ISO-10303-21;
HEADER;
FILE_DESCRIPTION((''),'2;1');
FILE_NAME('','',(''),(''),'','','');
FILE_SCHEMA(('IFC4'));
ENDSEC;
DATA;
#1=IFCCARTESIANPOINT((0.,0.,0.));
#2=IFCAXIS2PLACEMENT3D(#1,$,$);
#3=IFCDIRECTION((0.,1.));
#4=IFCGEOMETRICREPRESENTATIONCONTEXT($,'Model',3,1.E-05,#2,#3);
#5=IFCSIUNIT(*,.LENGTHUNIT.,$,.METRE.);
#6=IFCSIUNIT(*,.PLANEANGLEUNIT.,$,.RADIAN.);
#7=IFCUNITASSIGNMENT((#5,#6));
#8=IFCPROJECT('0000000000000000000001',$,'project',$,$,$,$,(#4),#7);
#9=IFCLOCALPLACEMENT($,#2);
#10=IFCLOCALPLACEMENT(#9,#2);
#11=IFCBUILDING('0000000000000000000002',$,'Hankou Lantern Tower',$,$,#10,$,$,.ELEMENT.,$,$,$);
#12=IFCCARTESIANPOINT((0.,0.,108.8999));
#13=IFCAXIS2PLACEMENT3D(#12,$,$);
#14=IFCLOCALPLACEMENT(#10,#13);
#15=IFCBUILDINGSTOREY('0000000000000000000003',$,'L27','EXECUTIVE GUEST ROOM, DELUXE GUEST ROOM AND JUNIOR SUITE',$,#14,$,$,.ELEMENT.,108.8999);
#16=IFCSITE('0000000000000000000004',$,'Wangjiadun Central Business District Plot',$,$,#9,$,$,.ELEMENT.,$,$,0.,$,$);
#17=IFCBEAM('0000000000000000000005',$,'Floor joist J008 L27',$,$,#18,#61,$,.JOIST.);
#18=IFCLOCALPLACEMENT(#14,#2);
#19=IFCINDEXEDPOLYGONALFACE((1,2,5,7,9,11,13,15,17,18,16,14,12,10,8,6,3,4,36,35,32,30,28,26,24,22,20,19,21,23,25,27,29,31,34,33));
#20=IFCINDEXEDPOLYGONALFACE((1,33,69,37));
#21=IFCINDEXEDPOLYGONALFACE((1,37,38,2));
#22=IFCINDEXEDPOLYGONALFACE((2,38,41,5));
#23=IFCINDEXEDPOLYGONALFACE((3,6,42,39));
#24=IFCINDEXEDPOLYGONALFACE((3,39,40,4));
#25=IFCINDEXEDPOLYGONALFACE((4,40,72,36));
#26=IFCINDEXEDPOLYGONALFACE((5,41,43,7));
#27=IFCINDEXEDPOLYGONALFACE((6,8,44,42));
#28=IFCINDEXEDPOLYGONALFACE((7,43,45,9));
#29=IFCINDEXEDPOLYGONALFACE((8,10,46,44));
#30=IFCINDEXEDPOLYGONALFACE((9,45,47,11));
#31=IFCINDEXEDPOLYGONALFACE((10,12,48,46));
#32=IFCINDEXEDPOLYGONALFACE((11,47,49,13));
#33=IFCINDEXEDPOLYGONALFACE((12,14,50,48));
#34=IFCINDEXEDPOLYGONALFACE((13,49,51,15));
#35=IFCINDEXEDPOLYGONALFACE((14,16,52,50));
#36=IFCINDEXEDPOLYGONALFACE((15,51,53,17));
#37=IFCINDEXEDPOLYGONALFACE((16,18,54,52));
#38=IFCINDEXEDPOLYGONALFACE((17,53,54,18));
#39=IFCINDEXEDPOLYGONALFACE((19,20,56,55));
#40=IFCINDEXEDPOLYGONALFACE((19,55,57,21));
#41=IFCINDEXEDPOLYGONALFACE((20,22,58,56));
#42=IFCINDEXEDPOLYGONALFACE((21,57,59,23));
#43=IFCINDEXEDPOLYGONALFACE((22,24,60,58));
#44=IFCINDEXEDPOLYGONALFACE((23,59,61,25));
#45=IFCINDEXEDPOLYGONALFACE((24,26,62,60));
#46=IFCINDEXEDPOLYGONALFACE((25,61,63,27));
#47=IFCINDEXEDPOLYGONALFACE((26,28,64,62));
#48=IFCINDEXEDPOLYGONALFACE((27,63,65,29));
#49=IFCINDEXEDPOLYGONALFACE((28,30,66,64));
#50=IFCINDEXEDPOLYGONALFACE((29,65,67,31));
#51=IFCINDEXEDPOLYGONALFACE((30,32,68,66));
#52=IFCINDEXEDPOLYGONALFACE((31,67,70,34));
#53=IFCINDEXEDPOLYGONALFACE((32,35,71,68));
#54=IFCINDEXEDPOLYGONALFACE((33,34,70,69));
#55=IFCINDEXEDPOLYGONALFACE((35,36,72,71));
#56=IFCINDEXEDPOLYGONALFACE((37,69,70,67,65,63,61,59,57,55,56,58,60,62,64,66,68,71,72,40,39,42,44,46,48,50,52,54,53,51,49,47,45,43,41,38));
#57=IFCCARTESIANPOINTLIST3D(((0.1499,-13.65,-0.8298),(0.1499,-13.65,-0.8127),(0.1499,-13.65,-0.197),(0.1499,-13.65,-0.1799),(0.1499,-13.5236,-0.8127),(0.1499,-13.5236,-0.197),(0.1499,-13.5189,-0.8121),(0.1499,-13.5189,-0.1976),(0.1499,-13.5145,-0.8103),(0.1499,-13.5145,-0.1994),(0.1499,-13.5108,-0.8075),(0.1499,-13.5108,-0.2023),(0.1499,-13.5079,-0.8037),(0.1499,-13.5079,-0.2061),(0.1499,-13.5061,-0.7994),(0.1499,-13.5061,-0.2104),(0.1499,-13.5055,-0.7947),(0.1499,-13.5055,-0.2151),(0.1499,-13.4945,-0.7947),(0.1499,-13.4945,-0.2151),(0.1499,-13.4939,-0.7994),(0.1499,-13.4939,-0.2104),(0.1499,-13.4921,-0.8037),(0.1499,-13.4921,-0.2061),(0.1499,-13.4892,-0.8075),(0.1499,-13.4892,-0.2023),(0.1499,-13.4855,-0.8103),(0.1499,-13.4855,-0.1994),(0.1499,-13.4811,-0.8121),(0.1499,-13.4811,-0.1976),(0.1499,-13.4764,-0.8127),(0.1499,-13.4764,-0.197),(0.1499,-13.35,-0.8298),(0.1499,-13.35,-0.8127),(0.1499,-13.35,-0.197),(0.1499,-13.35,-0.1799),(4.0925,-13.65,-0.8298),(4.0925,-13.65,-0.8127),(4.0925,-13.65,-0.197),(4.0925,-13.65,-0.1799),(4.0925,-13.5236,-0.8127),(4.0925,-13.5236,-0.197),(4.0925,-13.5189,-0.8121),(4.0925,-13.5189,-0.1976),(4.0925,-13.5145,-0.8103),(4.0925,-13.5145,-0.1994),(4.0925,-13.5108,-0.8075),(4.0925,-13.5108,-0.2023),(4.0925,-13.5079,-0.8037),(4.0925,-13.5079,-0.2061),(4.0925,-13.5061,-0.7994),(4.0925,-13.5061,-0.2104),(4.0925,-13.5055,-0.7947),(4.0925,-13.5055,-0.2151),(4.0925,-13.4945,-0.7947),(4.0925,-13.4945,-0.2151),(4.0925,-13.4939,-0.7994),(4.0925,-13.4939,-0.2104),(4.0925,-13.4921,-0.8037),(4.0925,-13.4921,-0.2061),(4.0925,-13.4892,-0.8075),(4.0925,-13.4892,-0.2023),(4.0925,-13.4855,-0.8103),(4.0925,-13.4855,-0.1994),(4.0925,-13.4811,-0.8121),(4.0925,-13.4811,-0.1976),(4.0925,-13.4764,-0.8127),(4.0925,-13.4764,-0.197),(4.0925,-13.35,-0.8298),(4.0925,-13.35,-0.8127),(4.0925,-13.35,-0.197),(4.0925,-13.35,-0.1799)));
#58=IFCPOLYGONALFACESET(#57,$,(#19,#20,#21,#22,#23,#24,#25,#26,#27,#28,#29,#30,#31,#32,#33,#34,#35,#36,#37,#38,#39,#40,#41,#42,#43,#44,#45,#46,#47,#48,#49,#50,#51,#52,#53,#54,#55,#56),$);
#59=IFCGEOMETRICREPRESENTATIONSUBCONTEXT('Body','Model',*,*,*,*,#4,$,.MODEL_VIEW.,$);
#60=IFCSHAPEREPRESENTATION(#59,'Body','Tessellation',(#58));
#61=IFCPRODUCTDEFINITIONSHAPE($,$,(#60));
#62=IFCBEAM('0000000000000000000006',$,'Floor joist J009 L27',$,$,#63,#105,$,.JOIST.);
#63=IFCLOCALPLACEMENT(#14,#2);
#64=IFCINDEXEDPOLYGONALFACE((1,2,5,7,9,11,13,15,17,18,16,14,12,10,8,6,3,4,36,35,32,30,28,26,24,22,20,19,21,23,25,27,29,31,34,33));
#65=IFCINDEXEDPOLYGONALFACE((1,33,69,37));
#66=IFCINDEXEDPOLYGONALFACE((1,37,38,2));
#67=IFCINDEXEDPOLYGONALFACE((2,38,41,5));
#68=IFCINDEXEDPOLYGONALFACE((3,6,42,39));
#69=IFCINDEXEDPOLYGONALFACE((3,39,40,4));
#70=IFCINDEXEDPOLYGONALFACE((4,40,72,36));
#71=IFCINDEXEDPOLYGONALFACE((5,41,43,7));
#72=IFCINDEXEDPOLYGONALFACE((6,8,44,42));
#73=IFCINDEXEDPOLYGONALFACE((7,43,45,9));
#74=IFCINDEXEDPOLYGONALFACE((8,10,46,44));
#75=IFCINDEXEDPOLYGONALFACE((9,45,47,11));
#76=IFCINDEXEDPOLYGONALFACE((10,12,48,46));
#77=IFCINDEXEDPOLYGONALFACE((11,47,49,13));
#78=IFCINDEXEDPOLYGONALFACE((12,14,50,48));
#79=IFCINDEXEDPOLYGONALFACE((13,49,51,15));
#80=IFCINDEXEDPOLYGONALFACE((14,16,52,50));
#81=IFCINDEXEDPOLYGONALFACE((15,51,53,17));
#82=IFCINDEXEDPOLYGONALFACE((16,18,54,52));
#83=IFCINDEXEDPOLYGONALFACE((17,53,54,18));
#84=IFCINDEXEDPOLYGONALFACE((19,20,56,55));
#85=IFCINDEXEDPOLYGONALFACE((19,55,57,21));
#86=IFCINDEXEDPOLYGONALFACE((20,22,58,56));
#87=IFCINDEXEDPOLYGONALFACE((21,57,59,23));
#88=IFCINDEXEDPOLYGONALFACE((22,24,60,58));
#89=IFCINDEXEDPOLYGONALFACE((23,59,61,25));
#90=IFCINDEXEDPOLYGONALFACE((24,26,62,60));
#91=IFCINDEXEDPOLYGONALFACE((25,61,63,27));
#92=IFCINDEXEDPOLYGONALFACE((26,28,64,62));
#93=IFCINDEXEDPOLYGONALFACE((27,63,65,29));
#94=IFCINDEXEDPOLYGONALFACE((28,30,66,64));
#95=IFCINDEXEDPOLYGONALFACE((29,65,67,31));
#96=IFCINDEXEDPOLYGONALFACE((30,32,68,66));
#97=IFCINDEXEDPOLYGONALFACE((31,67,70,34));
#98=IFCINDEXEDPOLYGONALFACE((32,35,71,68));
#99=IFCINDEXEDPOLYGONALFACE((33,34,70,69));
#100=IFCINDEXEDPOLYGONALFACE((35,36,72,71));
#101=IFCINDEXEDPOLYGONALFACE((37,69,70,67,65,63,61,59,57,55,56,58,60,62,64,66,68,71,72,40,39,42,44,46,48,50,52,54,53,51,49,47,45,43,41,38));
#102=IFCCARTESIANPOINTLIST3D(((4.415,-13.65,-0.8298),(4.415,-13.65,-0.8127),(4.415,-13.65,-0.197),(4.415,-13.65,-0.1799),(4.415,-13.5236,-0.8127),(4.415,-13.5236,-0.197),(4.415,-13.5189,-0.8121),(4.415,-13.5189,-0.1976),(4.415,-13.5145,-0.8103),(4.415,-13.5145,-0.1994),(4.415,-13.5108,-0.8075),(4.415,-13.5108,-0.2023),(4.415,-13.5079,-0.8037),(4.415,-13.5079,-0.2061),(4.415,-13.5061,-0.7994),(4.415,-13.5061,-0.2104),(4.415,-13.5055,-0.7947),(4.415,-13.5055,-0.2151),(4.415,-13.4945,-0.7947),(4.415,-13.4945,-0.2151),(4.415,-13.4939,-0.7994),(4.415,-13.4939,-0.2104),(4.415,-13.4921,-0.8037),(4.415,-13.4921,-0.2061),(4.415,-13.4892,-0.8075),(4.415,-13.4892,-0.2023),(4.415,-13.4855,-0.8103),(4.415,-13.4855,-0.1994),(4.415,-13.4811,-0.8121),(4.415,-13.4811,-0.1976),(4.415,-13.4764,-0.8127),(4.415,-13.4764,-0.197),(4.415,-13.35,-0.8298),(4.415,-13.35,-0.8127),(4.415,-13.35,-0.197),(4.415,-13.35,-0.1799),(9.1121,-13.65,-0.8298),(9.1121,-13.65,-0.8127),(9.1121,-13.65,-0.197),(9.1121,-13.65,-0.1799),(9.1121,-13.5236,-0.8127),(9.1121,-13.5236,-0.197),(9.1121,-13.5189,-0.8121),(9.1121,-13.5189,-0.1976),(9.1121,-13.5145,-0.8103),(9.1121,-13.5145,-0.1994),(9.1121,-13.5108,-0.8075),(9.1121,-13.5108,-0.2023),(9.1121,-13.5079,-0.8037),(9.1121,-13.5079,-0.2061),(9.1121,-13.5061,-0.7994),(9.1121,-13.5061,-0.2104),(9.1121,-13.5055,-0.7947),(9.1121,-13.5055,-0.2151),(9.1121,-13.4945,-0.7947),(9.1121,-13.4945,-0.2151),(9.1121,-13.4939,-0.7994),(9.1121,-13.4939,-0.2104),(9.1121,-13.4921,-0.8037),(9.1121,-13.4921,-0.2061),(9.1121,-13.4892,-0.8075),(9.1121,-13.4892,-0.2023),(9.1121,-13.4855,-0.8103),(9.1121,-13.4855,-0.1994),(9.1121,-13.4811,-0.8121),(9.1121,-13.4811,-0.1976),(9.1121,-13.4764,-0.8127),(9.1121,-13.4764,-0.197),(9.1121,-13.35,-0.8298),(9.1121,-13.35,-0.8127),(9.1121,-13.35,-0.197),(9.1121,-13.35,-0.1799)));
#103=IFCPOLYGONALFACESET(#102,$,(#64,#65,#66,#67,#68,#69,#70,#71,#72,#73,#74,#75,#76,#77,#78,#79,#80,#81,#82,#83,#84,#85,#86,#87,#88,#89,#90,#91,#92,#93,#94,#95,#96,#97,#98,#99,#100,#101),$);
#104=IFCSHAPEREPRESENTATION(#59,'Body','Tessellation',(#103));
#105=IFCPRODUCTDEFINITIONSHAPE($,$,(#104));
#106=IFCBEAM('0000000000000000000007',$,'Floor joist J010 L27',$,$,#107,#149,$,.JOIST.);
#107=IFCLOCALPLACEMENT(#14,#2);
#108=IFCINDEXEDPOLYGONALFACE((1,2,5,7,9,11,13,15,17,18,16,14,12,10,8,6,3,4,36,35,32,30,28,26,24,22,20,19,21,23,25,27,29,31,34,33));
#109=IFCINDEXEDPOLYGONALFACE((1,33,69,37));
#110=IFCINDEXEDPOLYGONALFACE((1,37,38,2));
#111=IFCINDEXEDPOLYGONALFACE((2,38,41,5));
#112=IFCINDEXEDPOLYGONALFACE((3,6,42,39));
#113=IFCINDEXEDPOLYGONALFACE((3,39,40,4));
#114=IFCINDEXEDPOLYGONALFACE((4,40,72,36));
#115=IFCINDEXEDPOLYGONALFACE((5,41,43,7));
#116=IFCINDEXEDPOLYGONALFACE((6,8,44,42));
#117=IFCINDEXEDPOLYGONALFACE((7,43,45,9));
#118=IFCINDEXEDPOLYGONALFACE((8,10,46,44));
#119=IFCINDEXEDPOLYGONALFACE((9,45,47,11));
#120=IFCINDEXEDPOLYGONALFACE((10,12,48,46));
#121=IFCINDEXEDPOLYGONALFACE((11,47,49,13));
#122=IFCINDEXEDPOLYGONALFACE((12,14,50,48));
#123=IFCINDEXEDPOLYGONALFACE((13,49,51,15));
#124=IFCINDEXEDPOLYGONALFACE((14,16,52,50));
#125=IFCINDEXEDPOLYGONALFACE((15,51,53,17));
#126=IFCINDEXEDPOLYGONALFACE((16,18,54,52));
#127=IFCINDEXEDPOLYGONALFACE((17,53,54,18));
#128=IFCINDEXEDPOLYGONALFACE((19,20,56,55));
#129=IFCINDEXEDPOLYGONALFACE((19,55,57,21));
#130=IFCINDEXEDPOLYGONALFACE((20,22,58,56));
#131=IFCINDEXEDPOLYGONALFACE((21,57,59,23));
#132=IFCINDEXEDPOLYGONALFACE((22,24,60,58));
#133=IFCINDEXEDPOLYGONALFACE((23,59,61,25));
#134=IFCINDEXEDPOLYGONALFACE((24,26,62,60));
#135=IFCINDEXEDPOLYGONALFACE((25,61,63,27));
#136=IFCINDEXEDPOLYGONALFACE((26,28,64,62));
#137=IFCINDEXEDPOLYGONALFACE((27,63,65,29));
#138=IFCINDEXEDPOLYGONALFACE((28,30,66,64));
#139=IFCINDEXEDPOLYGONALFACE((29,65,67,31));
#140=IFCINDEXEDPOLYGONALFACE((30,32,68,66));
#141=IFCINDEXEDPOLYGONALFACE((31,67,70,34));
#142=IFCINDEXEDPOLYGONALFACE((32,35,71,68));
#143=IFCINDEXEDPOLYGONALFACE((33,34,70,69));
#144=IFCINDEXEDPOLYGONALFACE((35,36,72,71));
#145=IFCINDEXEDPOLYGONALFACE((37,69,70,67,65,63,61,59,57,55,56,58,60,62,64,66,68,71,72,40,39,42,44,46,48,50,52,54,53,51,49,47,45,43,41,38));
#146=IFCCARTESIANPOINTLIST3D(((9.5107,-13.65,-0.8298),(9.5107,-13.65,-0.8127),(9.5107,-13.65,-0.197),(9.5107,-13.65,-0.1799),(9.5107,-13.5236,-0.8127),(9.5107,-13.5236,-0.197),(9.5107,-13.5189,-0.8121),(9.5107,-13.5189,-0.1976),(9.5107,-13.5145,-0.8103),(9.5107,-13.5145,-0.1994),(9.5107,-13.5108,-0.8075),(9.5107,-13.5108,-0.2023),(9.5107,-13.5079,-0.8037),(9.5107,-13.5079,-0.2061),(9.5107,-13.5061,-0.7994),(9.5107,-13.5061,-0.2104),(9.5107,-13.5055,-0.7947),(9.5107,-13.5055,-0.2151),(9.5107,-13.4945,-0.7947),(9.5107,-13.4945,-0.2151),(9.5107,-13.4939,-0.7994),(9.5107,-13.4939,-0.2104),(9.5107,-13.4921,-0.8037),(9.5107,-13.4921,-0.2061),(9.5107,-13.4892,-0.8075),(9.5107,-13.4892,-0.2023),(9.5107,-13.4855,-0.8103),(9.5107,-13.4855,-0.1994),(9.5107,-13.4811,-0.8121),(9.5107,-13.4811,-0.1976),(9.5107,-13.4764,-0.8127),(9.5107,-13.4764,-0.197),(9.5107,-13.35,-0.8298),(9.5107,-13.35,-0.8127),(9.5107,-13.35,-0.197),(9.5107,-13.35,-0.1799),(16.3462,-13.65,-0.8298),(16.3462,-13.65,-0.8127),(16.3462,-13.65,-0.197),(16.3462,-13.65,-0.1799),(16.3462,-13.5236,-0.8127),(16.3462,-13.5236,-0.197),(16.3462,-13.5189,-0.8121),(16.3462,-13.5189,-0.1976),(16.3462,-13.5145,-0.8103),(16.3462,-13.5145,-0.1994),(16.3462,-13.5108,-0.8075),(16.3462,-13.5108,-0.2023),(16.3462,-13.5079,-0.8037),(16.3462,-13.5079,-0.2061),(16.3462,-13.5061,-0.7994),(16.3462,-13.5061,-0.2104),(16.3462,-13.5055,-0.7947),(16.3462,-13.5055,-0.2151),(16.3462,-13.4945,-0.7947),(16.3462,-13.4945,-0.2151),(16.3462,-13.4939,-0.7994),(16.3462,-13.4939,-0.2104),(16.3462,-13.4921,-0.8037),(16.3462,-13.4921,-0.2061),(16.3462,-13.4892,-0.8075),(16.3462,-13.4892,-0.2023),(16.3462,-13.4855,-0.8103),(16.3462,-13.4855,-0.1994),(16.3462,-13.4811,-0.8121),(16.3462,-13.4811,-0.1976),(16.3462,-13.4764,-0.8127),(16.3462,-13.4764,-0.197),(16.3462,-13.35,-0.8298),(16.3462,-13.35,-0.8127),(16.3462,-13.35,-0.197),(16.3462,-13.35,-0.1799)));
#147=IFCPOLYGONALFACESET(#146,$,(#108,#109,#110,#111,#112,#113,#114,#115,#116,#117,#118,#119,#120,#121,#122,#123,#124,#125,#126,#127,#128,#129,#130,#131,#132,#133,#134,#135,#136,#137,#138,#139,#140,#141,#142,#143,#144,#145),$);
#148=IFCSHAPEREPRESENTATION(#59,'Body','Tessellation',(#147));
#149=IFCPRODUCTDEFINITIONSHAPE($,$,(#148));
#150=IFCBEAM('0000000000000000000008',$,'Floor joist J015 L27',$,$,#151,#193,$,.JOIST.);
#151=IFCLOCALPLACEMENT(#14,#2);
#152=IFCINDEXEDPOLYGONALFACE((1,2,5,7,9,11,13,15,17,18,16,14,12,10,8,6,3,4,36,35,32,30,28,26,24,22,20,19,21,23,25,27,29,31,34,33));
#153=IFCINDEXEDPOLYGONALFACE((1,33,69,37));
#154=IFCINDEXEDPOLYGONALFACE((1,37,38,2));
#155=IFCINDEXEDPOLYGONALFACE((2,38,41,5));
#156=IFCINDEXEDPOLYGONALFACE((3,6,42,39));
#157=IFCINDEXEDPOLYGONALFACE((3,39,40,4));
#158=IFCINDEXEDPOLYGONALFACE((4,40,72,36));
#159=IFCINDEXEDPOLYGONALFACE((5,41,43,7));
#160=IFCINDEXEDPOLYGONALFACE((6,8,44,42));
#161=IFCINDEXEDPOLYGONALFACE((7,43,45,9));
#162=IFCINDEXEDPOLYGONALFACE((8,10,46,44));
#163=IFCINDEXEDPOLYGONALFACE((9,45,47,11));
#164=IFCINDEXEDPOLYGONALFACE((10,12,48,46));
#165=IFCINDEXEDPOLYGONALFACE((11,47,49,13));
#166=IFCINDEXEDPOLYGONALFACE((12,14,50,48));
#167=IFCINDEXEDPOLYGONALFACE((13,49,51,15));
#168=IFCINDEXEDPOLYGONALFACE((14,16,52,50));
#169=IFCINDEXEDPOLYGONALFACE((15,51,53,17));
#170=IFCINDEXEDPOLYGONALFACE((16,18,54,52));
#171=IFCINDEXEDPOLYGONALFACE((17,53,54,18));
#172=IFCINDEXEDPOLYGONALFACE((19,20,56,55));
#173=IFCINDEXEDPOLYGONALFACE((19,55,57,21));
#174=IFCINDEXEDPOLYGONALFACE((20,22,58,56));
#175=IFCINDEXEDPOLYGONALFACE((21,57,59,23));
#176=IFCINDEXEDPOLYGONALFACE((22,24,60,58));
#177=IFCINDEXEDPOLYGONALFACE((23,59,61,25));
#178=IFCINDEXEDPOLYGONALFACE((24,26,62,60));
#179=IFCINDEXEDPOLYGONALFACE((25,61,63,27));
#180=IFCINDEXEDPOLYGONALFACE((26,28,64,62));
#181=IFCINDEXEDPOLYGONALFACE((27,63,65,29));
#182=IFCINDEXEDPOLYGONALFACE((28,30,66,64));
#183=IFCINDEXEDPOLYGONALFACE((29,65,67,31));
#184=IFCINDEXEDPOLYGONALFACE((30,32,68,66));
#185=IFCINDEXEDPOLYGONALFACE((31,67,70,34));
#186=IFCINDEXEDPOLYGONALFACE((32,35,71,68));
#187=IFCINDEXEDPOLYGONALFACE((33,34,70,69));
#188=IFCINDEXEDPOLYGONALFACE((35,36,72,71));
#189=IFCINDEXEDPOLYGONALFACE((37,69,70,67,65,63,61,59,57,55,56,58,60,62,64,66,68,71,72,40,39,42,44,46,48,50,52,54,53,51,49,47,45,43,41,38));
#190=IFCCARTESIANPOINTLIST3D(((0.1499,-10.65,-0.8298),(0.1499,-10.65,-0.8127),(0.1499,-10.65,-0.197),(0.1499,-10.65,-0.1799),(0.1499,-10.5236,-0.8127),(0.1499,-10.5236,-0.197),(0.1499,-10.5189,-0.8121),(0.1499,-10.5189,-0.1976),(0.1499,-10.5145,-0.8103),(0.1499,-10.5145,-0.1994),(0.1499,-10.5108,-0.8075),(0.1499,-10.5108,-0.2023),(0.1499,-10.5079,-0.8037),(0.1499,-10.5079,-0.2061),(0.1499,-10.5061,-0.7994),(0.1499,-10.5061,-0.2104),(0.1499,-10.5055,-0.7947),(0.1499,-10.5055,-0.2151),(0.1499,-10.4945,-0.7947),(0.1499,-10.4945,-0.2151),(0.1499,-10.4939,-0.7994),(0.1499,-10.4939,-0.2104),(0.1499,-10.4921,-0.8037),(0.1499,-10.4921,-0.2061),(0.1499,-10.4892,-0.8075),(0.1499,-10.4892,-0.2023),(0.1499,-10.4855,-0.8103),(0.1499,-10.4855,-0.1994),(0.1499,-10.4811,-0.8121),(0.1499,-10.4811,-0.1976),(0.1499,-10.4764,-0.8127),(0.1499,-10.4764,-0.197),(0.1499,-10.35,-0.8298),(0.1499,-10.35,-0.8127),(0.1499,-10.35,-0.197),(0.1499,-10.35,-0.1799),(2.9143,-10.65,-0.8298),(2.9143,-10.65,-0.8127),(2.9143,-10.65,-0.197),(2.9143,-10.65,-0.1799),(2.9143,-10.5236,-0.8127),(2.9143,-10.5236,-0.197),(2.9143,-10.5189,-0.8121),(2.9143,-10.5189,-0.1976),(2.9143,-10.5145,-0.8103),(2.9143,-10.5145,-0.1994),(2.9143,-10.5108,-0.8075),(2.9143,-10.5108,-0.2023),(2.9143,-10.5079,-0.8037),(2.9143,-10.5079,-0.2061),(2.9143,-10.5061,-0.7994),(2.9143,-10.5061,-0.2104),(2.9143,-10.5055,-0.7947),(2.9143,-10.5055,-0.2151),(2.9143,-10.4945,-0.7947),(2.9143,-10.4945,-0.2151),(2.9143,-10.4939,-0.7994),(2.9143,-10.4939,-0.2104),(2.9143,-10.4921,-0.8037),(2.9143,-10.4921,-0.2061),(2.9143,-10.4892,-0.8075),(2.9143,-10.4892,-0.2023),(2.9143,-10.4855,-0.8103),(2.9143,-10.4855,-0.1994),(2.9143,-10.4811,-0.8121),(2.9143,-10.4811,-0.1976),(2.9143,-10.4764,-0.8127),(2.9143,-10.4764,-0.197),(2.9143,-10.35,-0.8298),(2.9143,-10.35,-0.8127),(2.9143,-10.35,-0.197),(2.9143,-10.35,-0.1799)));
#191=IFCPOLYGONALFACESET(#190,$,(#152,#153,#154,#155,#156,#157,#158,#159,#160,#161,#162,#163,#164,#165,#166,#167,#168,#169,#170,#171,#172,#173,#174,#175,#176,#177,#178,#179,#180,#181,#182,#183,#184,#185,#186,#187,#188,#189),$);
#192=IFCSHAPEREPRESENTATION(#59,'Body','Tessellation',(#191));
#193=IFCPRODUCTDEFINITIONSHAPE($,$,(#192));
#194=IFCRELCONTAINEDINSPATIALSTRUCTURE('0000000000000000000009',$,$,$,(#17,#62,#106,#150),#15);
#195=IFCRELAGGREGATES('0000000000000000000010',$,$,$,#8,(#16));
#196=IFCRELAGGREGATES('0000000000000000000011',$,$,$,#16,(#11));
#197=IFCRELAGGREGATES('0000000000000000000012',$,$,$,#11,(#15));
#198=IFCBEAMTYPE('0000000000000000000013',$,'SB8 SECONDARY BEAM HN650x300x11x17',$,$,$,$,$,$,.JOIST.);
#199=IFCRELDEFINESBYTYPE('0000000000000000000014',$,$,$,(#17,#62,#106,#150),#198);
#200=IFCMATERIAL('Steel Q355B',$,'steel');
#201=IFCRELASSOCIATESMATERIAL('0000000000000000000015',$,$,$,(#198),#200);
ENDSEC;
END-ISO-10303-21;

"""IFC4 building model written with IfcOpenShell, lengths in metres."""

from ifc_helpers import new_model, si_unit, direction, frame, origin, origin_2d, place, context, subcontext, project, spatial, i_section, extrude, material, material_profile, profile_set, type_object, element, save


model = new_model("IFC4")

# Units and contexts
model_context = context("Model", 3, precision=1e-05, world=origin(), true_north=direction((0.0, 1.0)))
body_context = subcontext(model_context, "Body", "Model", "MODEL_VIEW")
ifc_project = project(units=[si_unit("LENGTHUNIT", "METRE"), si_unit("PLANEANGLEUNIT", "RADIAN")], contexts=[model_context])

# Site, building, storey
site_placement = place(None, origin())
site = spatial("IfcSite", under=ifc_project, at=site_placement, Name="Wangjiadun Central Business District Plot", CompositionType="ELEMENT", RefElevation=0.0)
building_placement = place(site_placement, origin())
building = spatial("IfcBuilding", under=site, at=building_placement, Name="Hankou Lantern Tower", CompositionType="ELEMENT")
storey_placement = place(building_placement, frame((0.0, 0.0, 108.8999)))
storey = spatial("IfcBuildingStorey", under=building, at=storey_placement, Name="L27", Description="EXECUTIVE GUEST ROOM, DELUXE GUEST ROOM AND JUNIOR SUITE", CompositionType="ELEMENT", Elevation=108.8999)

# Beams
ifc_material_1 = material(Name="Steel Q355B", Category="steel")
ifc_material_profile_1 = material_profile(ifc_material_1, i_section(OverallWidth=0.3, OverallDepth=0.6499, WebThickness=0.011, FlangeThickness=0.0171, FilletRadius=0.0181, at=origin_2d()), Name="HN650x300x11x17")
ifc_profile_set_1 = profile_set([ifc_material_profile_1], Name="Steel Q355B")
beam_type_1 = type_object("IfcBeamType", Name="SB8 SECONDARY BEAM HN650x300x11x17", PredefinedType="JOIST", material=ifc_profile_set_1)
beam_1_placement = place(storey_placement, frame((0.1499, -13.5, -0.5049), z_axis=(1.0, 0.0, 0.0), x_axis=(0.0, 1.0, 0.0)))
element("IfcBeam", 1, at=beam_1_placement, inside=storey, type_object=beam_type_1, Name="Floor joist J008 L27", PredefinedType="JOIST", context=body_context, shape_type="SweptSolid", body=[
    extrude(i_section(OverallWidth=0.3, OverallDepth=0.6499, WebThickness=0.011, FlangeThickness=0.0171, FilletRadius=0.0181, at=origin_2d()), origin(), (0.0, 0.0, 1.0), 3.9426),
])
beam_2_placement = place(storey_placement, frame((4.415, -13.5, -0.5049), z_axis=(1.0, 0.0, 0.0), x_axis=(0.0, 1.0, 0.0)))
element("IfcBeam", 2, at=beam_2_placement, inside=storey, type_object=beam_type_1, Name="Floor joist J009 L27", PredefinedType="JOIST", context=body_context, shape_type="SweptSolid", body=[
    extrude(i_section(OverallWidth=0.3, OverallDepth=0.6499, WebThickness=0.011, FlangeThickness=0.0171, FilletRadius=0.0181, at=origin_2d()), origin(), (0.0, 0.0, 1.0), 4.697),
])
beam_3_placement = place(storey_placement, frame((9.5107, -13.5, -0.5049), z_axis=(1.0, 0.0, 0.0), x_axis=(0.0, 1.0, 0.0)))
element("IfcBeam", 3, at=beam_3_placement, inside=storey, type_object=beam_type_1, Name="Floor joist J010 L27", PredefinedType="JOIST", context=body_context, shape_type="SweptSolid", body=[
    extrude(i_section(OverallWidth=0.3, OverallDepth=0.6499, WebThickness=0.011, FlangeThickness=0.0171, FilletRadius=0.0181, at=origin_2d()), origin(), (0.0, 0.0, 1.0), 6.8354),
])
beam_4_placement = place(storey_placement, frame((0.1499, -10.5, -0.5049), z_axis=(1.0, 0.0, 0.0), x_axis=(0.0, 1.0, 0.0)))
element("IfcBeam", 4, at=beam_4_placement, inside=storey, type_object=beam_type_1, Name="Floor joist J015 L27", PredefinedType="JOIST", context=body_context, shape_type="SweptSolid", body=[
    extrude(i_section(OverallWidth=0.3, OverallDepth=0.6499, WebThickness=0.011, FlangeThickness=0.0171, FilletRadius=0.0181, at=origin_2d()), origin(), (0.0, 0.0, 1.0), 2.7644),
])

save(model, "model.ifc")
